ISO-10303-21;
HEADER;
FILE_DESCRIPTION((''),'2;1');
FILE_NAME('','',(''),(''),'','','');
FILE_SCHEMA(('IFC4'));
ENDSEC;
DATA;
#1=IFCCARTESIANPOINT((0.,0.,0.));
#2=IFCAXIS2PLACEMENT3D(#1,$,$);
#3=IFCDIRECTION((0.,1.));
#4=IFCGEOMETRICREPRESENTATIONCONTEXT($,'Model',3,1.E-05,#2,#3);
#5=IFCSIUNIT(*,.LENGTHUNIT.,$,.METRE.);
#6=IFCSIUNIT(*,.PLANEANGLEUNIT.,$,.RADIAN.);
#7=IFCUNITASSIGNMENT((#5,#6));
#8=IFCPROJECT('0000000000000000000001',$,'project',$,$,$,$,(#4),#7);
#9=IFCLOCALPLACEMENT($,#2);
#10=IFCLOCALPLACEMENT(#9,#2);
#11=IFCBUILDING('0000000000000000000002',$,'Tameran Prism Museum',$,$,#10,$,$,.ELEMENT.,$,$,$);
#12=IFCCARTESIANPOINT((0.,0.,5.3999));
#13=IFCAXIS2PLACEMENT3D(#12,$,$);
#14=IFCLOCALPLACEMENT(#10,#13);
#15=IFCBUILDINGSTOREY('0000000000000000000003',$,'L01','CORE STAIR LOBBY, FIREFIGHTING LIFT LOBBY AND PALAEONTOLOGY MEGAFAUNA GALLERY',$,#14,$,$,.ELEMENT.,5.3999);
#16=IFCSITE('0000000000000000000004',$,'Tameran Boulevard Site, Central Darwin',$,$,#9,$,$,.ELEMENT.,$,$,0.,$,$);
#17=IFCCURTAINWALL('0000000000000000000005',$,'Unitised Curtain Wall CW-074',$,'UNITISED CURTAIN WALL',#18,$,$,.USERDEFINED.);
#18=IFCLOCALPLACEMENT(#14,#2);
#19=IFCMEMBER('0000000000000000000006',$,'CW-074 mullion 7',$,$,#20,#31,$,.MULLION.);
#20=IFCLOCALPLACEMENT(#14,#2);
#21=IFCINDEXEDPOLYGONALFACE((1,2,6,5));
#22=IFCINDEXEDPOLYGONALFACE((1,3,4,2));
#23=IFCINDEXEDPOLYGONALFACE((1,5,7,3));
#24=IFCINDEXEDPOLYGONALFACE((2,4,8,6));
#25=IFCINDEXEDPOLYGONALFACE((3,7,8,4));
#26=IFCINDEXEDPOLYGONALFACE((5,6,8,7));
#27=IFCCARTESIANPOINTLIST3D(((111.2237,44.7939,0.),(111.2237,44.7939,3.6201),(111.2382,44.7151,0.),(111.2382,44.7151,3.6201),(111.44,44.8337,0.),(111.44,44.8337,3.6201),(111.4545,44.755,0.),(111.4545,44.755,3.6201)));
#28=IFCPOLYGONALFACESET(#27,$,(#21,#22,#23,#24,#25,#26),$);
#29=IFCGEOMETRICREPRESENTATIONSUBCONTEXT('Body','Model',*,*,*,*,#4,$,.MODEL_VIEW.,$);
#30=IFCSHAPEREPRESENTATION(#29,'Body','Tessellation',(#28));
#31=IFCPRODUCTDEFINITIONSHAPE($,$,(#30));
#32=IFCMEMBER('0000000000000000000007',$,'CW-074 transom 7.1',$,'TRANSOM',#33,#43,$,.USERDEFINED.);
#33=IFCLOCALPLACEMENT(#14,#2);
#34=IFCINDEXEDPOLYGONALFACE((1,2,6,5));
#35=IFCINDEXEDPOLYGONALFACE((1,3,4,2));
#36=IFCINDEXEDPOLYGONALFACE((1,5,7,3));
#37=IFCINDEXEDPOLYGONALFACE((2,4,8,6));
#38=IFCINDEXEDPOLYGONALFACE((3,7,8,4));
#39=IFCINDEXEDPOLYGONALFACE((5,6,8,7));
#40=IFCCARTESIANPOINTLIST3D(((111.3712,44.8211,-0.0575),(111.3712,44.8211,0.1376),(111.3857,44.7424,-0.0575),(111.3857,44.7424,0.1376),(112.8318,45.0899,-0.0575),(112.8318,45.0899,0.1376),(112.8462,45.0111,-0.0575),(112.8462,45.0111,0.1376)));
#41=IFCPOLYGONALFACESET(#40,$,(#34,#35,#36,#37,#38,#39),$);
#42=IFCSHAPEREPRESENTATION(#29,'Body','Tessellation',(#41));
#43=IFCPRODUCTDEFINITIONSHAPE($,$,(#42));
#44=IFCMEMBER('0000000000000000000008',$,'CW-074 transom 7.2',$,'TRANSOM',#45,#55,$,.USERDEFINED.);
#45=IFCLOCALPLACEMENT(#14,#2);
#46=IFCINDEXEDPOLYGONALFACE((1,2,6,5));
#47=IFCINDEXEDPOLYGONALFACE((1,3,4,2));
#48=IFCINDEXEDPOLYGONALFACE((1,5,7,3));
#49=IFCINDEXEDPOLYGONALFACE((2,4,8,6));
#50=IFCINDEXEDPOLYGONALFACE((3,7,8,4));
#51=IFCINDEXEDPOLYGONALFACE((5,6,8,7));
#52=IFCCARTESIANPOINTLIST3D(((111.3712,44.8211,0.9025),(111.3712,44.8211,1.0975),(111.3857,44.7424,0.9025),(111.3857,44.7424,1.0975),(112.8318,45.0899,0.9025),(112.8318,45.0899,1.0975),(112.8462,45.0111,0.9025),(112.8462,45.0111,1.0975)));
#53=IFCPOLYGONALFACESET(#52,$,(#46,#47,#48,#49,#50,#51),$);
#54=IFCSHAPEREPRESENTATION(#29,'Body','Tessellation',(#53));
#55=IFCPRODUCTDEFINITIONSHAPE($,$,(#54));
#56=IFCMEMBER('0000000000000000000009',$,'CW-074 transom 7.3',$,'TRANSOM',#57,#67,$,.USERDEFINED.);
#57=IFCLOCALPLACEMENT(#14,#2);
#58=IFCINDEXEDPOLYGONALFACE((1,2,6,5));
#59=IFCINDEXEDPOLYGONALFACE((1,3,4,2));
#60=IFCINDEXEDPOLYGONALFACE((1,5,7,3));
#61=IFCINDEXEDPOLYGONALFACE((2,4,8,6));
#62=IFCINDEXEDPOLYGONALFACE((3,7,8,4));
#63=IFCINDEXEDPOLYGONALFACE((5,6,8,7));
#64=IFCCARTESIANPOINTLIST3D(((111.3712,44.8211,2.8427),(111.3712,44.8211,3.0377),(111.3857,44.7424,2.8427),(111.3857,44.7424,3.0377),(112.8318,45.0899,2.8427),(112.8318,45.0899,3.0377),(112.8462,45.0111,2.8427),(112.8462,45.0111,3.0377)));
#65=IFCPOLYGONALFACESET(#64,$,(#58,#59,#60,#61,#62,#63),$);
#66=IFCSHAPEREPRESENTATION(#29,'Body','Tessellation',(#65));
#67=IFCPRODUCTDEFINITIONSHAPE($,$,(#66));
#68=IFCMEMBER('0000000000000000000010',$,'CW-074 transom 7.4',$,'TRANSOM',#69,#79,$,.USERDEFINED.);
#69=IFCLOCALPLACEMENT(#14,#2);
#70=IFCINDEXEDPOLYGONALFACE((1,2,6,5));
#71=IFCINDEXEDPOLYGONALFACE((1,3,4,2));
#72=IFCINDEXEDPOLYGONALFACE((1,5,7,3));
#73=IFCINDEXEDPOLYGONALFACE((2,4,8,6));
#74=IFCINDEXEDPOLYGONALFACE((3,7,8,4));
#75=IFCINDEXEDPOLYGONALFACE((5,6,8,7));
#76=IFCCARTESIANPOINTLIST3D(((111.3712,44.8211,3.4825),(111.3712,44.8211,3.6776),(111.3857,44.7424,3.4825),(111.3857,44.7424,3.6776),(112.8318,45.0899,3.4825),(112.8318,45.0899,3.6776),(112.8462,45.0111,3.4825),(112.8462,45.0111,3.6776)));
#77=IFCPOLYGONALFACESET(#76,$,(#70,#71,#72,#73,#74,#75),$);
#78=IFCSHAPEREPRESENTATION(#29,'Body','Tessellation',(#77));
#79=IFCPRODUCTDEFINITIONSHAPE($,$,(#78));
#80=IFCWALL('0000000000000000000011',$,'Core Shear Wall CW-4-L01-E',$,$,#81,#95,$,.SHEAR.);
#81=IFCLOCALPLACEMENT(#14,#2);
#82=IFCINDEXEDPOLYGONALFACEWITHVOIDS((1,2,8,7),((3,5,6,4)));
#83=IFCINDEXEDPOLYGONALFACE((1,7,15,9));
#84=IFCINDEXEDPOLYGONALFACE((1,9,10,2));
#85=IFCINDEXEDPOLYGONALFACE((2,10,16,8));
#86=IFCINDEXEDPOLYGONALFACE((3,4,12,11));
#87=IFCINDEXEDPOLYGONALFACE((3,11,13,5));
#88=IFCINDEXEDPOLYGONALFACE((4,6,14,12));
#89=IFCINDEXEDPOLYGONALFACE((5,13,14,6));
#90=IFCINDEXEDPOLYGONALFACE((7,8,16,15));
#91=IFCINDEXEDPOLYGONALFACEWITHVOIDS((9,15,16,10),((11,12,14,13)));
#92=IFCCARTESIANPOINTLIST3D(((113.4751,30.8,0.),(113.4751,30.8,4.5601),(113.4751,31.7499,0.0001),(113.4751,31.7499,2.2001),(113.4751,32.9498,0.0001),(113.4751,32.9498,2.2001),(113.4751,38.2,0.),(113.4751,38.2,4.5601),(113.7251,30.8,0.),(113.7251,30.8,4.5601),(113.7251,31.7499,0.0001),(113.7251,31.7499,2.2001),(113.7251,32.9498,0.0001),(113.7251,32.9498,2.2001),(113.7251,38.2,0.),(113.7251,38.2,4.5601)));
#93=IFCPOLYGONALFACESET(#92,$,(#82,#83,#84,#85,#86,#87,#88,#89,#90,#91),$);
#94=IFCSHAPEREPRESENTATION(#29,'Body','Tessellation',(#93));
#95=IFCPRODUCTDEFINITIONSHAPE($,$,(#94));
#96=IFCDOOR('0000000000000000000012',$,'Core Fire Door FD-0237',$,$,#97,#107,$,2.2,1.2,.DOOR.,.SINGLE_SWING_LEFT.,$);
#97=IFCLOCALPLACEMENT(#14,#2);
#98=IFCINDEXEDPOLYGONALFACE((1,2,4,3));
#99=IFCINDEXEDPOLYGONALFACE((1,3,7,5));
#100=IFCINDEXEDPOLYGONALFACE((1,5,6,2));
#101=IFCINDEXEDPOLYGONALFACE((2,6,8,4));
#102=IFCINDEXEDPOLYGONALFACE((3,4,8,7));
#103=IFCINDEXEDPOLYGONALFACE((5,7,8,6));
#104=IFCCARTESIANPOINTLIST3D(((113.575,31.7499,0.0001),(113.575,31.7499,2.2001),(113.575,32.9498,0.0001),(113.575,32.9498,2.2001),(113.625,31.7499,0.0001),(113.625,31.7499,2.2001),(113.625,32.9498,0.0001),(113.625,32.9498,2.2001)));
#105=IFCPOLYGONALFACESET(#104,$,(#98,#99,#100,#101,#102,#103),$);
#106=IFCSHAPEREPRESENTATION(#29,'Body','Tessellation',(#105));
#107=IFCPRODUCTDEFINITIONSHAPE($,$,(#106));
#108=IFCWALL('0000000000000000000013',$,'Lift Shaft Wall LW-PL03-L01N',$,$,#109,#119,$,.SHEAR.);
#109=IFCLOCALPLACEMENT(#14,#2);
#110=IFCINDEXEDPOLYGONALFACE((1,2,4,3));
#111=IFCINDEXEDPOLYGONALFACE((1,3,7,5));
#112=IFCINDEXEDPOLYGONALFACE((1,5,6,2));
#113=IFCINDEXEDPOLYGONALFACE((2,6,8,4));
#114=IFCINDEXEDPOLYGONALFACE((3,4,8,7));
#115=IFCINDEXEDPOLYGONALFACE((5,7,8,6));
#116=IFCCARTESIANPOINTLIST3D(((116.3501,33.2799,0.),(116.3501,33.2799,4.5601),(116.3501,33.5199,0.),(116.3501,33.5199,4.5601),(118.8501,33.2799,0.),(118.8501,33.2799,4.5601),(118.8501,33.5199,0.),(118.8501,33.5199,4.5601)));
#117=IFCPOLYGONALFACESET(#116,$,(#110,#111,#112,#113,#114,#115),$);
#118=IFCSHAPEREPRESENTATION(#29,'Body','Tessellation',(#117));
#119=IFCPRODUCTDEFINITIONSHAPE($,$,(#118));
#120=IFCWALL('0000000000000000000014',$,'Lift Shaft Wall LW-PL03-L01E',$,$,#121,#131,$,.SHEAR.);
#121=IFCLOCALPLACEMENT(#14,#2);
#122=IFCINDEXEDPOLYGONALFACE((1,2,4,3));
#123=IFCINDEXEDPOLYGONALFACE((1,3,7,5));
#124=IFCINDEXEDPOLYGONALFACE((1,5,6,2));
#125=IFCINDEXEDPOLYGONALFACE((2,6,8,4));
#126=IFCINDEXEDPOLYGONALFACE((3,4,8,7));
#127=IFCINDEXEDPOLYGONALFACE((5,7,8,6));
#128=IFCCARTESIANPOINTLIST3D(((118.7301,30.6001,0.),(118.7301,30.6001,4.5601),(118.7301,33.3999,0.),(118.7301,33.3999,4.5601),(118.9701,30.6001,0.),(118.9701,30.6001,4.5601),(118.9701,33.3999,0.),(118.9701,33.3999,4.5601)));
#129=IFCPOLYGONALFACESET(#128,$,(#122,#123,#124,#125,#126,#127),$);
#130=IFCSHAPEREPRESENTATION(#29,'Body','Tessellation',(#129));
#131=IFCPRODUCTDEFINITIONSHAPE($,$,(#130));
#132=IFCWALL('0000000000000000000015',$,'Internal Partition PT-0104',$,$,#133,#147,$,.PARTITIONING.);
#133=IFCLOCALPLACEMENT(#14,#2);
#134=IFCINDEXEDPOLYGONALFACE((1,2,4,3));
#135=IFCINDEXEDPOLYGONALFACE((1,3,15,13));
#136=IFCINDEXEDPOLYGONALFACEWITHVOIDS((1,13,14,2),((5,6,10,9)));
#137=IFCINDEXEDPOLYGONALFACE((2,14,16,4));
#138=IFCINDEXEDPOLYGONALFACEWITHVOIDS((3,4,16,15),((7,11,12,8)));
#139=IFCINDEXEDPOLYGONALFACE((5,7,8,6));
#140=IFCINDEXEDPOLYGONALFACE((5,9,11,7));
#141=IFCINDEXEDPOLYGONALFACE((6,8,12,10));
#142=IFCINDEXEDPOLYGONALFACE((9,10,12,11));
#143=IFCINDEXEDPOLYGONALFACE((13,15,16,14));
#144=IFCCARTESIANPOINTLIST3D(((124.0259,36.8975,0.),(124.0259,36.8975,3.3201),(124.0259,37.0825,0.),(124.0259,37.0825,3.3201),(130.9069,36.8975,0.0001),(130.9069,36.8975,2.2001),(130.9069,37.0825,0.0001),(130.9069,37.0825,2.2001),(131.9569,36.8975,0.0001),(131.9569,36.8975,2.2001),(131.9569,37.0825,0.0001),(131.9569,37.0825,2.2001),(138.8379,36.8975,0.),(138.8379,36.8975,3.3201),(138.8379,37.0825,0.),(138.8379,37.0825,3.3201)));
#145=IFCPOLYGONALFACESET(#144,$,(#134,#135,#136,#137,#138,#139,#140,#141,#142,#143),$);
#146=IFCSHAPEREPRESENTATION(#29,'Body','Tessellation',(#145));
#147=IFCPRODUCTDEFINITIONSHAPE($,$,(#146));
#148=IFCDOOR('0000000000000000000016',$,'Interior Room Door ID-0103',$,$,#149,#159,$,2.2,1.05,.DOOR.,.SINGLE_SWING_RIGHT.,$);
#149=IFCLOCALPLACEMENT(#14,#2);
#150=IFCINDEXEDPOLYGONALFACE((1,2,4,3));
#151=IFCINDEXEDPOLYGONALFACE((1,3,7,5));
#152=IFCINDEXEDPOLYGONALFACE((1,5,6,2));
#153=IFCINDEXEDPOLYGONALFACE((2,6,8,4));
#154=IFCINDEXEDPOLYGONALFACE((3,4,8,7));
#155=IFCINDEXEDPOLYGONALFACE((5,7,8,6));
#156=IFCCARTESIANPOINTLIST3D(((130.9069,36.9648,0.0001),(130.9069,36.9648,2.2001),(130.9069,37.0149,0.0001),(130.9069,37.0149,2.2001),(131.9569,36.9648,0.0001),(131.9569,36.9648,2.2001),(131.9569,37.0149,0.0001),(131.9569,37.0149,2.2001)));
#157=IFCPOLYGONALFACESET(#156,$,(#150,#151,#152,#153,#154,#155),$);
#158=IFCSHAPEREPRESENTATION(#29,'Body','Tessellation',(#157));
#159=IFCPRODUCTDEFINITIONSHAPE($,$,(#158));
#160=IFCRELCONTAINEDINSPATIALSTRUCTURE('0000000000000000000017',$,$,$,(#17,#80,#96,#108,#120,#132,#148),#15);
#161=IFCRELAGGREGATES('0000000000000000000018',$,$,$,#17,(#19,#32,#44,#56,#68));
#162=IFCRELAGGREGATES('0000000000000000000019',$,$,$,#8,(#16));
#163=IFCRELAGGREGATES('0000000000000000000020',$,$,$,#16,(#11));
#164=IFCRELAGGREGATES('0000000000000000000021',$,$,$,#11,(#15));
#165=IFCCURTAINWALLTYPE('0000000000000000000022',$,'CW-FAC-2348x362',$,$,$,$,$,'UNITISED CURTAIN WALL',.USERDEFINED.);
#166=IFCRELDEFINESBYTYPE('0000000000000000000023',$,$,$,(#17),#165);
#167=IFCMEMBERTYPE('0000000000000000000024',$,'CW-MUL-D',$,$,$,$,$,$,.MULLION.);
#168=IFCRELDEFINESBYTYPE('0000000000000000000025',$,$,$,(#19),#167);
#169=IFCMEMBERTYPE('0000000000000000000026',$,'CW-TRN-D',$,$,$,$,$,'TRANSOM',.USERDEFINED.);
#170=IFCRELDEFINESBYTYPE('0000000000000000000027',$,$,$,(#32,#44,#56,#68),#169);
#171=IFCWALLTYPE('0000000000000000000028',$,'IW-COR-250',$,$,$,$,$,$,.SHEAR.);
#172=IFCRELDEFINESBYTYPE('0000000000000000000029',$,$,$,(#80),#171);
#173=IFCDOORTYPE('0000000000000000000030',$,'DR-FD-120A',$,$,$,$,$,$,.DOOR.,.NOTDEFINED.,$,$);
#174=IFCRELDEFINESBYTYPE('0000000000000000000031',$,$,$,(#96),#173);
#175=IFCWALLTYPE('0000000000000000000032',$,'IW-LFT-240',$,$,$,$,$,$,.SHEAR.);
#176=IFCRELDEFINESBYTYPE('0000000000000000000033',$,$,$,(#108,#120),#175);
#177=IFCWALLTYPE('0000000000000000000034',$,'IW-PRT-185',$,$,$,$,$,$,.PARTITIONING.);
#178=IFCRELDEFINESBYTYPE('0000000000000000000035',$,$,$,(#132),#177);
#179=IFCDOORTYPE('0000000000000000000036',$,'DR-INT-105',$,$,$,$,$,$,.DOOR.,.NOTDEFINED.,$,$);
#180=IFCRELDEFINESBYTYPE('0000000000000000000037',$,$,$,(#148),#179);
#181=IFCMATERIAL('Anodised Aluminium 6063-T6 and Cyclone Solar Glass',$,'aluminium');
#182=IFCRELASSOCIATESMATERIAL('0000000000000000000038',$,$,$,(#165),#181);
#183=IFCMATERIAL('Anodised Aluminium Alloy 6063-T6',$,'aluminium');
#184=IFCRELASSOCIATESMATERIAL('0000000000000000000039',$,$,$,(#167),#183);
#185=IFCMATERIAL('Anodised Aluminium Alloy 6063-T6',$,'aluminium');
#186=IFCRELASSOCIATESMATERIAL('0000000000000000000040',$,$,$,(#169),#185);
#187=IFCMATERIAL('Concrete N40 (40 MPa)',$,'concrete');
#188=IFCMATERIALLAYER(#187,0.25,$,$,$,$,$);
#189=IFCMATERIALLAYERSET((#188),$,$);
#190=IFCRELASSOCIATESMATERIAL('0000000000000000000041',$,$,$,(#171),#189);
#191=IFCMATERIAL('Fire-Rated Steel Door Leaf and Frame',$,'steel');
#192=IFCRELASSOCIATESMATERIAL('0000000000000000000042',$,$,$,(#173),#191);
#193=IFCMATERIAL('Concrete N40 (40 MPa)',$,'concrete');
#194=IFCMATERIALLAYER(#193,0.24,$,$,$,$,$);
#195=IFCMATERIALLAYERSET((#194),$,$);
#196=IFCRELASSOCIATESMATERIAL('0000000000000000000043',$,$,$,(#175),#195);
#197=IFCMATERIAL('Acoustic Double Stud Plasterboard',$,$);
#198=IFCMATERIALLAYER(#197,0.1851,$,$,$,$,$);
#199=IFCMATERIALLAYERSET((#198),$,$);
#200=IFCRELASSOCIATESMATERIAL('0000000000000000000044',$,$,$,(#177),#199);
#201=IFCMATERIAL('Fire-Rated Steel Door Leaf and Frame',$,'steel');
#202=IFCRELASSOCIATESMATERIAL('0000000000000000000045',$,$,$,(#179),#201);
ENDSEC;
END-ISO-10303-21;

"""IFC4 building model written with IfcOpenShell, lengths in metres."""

from ifc_helpers import new_model, si_unit, direction, frame, frame_2d, origin, origin_2d, place, context, subcontext, project, spatial, rectangle, extrude, material, layer, layer_set, material_profile, profile_set, type_object, element, fill, aggregate, save


model = new_model("IFC4")

# Units and contexts
model_context = context("Model", 3, precision=1e-05, world=origin(), true_north=direction((0.0, 1.0)))
body_context = subcontext(model_context, "Body", "Model", "MODEL_VIEW")
ifc_project = project(units=[si_unit("LENGTHUNIT", "METRE"), si_unit("PLANEANGLEUNIT", "RADIAN")], contexts=[model_context])

# Site, building, storey
site_placement = place(None, origin())
site = spatial("IfcSite", under=ifc_project, at=site_placement, Name="Tameran Boulevard Site, Central Darwin", CompositionType="ELEMENT", RefElevation=0.0)
building_placement = place(site_placement, origin())
building = spatial("IfcBuilding", under=site, at=building_placement, Name="Tameran Prism Museum", CompositionType="ELEMENT")
storey_placement = place(building_placement, frame((0.0, 0.0, 5.3999)))
storey = spatial("IfcBuildingStorey", under=building, at=storey_placement, Name="L01", Description="CORE STAIR LOBBY, FIREFIGHTING LIFT LOBBY AND PALAEONTOLOGY MEGAFAUNA GALLERY", CompositionType="ELEMENT", Elevation=5.3999)

# Curtain wall, members
ifc_material_1 = material(Name="Anodised Aluminium 6063-T6 and Cyclone Solar Glass", Category="aluminium")
curtain_wall_type = type_object("IfcCurtainWallType", Name="CW-FAC-2348x362", ElementType="UNITISED CURTAIN WALL", PredefinedType="USERDEFINED", material=ifc_material_1)
curtain_wall_placement = place(storey_placement, origin())
curtain_wall = element("IfcCurtainWall", 1, at=curtain_wall_placement, inside=storey, type_object=curtain_wall_type, Name="Unitised Curtain Wall CW-074", ObjectType="UNITISED CURTAIN WALL", PredefinedType="USERDEFINED")
ifc_material_2 = material(Name="Anodised Aluminium Alloy 6063-T6", Category="aluminium")
ifc_material_profile_1 = material_profile(ifc_material_2, rectangle(XDim=0.0801, YDim=0.22, at=origin_2d()))
ifc_profile_set_1 = profile_set([ifc_material_profile_1])
member_type_1 = type_object("IfcMemberType", Name="CW-MUL-D", PredefinedType="MULLION", material=ifc_profile_set_1)
member_1_placement = place(storey_placement, frame((111.3391, 44.7744, 0.0), z_axis=(0.0, 0.0, 1.0), x_axis=(-0.181063, 0.983472, 0.0)))
member_1 = element("IfcMember", 2, at=member_1_placement, type_object=member_type_1, Name="CW-074 mullion 7", PredefinedType="MULLION", context=body_context, shape_type="SweptSolid", body=[
    extrude(rectangle(XDim=0.0801, YDim=0.22, at=origin_2d()), origin(), (0.0, 0.0, 1.0), 3.6201),
])
ifc_material_3 = material(Name="Anodised Aluminium Alloy 6063-T6", Category="aluminium")
ifc_material_profile_2 = material_profile(ifc_material_3, rectangle(XDim=0.0801, YDim=0.1951, at=origin_2d()))
ifc_profile_set_2 = profile_set([ifc_material_profile_2])
member_type_2 = type_object("IfcMemberType", Name="CW-TRN-D", ElementType="TRANSOM", PredefinedType="USERDEFINED", material=ifc_profile_set_2)
member_2_placement = place(storey_placement, frame((111.3784, 44.7817, 0.04), z_axis=(0.983486, 0.180983, 0.0), x_axis=(-0.180983, 0.983486, 0.0)))
member_2 = element("IfcMember", 3, at=member_2_placement, type_object=member_type_2, Name="CW-074 transom 7.1", ObjectType="TRANSOM", PredefinedType="USERDEFINED", context=body_context, shape_type="SweptSolid", body=[
    extrude(rectangle(XDim=0.0801, YDim=0.1951, at=origin_2d()), origin(), (0.0, 0.0, 1.0), 1.4851),
])
member_3_placement = place(storey_placement, frame((111.3784, 44.7817, 1.0), z_axis=(0.983486, 0.180983, 0.0), x_axis=(-0.180983, 0.983486, 0.0)))
member_3 = element("IfcMember", 4, at=member_3_placement, type_object=member_type_2, Name="CW-074 transom 7.2", ObjectType="TRANSOM", PredefinedType="USERDEFINED", context=body_context, shape_type="SweptSolid", body=[
    extrude(rectangle(XDim=0.0801, YDim=0.1951, at=origin_2d()), origin(), (0.0, 0.0, 1.0), 1.4851),
])
member_4_placement = place(storey_placement, frame((111.3784, 44.7817, 2.9402), z_axis=(0.983486, 0.180983, 0.0), x_axis=(-0.180983, 0.983486, 0.0)))
member_4 = element("IfcMember", 5, at=member_4_placement, type_object=member_type_2, Name="CW-074 transom 7.3", ObjectType="TRANSOM", PredefinedType="USERDEFINED", context=body_context, shape_type="SweptSolid", body=[
    extrude(rectangle(XDim=0.0801, YDim=0.1951, at=origin_2d()), origin(), (0.0, 0.0, 1.0), 1.4851),
])
member_5_placement = place(storey_placement, frame((111.3784, 44.7817, 3.5801), z_axis=(0.983486, 0.180983, 0.0), x_axis=(-0.180983, 0.983486, 0.0)))
member_5 = element("IfcMember", 6, at=member_5_placement, type_object=member_type_2, Name="CW-074 transom 7.4", ObjectType="TRANSOM", PredefinedType="USERDEFINED", context=body_context, shape_type="SweptSolid", body=[
    extrude(rectangle(XDim=0.0801, YDim=0.1951, at=origin_2d()), origin(), (0.0, 0.0, 1.0), 1.4851),
])
aggregate(curtain_wall, [member_1, member_2, member_3, member_4, member_5])

# Wall, opening, door
ifc_material_4 = material(Name="Concrete N40 (40 MPa)", Category="concrete")
ifc_layer_1 = layer(ifc_material_4, 0.25)
ifc_layer_set_1 = layer_set([ifc_layer_1])
wall_type_1 = type_object("IfcWallType", Name="IW-COR-250", PredefinedType="SHEAR", material=ifc_layer_set_1)
wall_1_placement = place(storey_placement, frame((113.6001, 38.2, 0.0), z_axis=(0.0, 0.0, 1.0), x_axis=(0.0, -1.0, 0.0)))
wall_1 = element("IfcWall", 7, at=wall_1_placement, inside=storey, type_object=wall_type_1, Name="Core Shear Wall CW-4-L01-E", PredefinedType="SHEAR", context=body_context, shape_type="SweptSolid", body=[
    extrude(rectangle(XDim=7.3999, YDim=0.25, at=frame_2d((3.7, 0.0))), origin(), (0.0, 0.0, 1.0), 4.5601),
])
opening_1_placement = place(wall_1_placement, frame((5.25, 0.0, 0.0)))
opening_1 = element("IfcOpeningElement", 8, at=opening_1_placement, cuts=wall_1, PredefinedType="OPENING", context=body_context, shape_type="SweptSolid", body=[
    extrude(rectangle(XDim=1.2, YDim=2.2, at=frame_2d((0.6001, 1.1001))), frame((0.0, 0.135, 0.0), z_axis=(0.0, -1.0, 0.0), x_axis=(1.0, 0.0, 0.0)), (0.0, 0.0, 1.0), 0.27),
])
ifc_material_5 = material(Name="Fire-Rated Steel Door Leaf and Frame", Category="steel")
door_type_1 = type_object("IfcDoorType", Name="DR-FD-120A", OperationType="NOTDEFINED", PredefinedType="DOOR", material=ifc_material_5)
door_1_placement = place(opening_1_placement, origin())
door_1 = element("IfcDoor", 9, at=door_1_placement, inside=storey, type_object=door_type_1, Name="Core Fire Door FD-0237", OperationType="SINGLE_SWING_LEFT", OverallHeight=2.2, OverallWidth=1.2, PredefinedType="DOOR", context=body_context, shape_type="SweptSolid", body=[
    extrude(rectangle(XDim=1.2, YDim=2.2, at=frame_2d((0.6001, 1.1001))), frame((0.0, 0.0249, 0.0), z_axis=(0.0, -1.0, 0.0), x_axis=(1.0, 0.0, 0.0)), (0.0, 0.0, 1.0), 0.05),
])
fill(opening_1, door_1)

# Walls
ifc_material_6 = material(Name="Concrete N40 (40 MPa)", Category="concrete")
ifc_layer_2 = layer(ifc_material_6, 0.24)
ifc_layer_set_2 = layer_set([ifc_layer_2])
wall_type_2 = type_object("IfcWallType", Name="IW-LFT-240", PredefinedType="SHEAR", material=ifc_layer_set_2)
wall_2_placement = place(storey_placement, frame((116.3501, 33.3999, 0.0), z_axis=(0.0, 0.0, 1.0), x_axis=(1.0, 0.0, 0.0)))
element("IfcWall", 10, at=wall_2_placement, inside=storey, type_object=wall_type_2, Name="Lift Shaft Wall LW-PL03-L01N", PredefinedType="SHEAR", context=body_context, shape_type="SweptSolid", body=[
    extrude(rectangle(XDim=2.5, YDim=0.24, at=frame_2d((1.25, 0.0))), origin(), (0.0, 0.0, 1.0), 4.5601),
])
wall_3_placement = place(storey_placement, frame((118.8501, 33.3999, 0.0), z_axis=(0.0, 0.0, 1.0), x_axis=(0.0, -1.0, 0.0)))
element("IfcWall", 11, at=wall_3_placement, inside=storey, type_object=wall_type_2, Name="Lift Shaft Wall LW-PL03-L01E", PredefinedType="SHEAR", context=body_context, shape_type="SweptSolid", body=[
    extrude(rectangle(XDim=2.7998, YDim=0.24, at=frame_2d((1.3999, 0.0))), origin(), (0.0, 0.0, 1.0), 4.5601),
])

# Wall, opening, door
ifc_material_7 = material(Name="Acoustic Double Stud Plasterboard")
ifc_layer_3 = layer(ifc_material_7, 0.1851)
ifc_layer_set_3 = layer_set([ifc_layer_3])
wall_type_3 = type_object("IfcWallType", Name="IW-PRT-185", PredefinedType="PARTITIONING", material=ifc_layer_set_3)
wall_4_placement = place(storey_placement, frame((124.0259, 36.99, 0.0), z_axis=(0.0, 0.0, 1.0), x_axis=(1.0, 0.0, 0.0)))
wall_4 = element("IfcWall", 12, at=wall_4_placement, inside=storey, type_object=wall_type_3, Name="Internal Partition PT-0104", PredefinedType="PARTITIONING", context=body_context, shape_type="SweptSolid", body=[
    extrude(rectangle(XDim=14.812, YDim=0.1851, at=frame_2d((7.406, 0.0))), origin(), (0.0, 0.0, 1.0), 3.3201),
])
opening_2_placement = place(wall_4_placement, frame((6.8811, 0.0, 0.0)))
opening_2 = element("IfcOpeningElement", 13, at=opening_2_placement, cuts=wall_4, PredefinedType="OPENING", context=body_context, shape_type="SweptSolid", body=[
    extrude(rectangle(XDim=1.05, YDim=2.2, at=frame_2d((0.5249, 1.1001))), frame((0.0, 0.1025, 0.0), z_axis=(0.0, -1.0, 0.0), x_axis=(1.0, 0.0, 0.0)), (0.0, 0.0, 1.0), 0.2051),
])
ifc_material_8 = material(Name="Fire-Rated Steel Door Leaf and Frame", Category="steel")
door_type_2 = type_object("IfcDoorType", Name="DR-INT-105", OperationType="NOTDEFINED", PredefinedType="DOOR", material=ifc_material_8)
door_2_placement = place(opening_2_placement, origin())
door_2 = element("IfcDoor", 14, at=door_2_placement, inside=storey, type_object=door_type_2, Name="Interior Room Door ID-0103", OperationType="SINGLE_SWING_RIGHT", OverallHeight=2.2, OverallWidth=1.05, PredefinedType="DOOR", context=body_context, shape_type="SweptSolid", body=[
    extrude(rectangle(XDim=1.05, YDim=2.2, at=frame_2d((0.5249, 1.1001))), frame((0.0, 0.0249, 0.0), z_axis=(0.0, -1.0, 0.0), x_axis=(1.0, 0.0, 0.0)), (0.0, 0.0, 1.0), 0.05),
])
fill(opening_2, door_2)

save(model, "model.ifc")
